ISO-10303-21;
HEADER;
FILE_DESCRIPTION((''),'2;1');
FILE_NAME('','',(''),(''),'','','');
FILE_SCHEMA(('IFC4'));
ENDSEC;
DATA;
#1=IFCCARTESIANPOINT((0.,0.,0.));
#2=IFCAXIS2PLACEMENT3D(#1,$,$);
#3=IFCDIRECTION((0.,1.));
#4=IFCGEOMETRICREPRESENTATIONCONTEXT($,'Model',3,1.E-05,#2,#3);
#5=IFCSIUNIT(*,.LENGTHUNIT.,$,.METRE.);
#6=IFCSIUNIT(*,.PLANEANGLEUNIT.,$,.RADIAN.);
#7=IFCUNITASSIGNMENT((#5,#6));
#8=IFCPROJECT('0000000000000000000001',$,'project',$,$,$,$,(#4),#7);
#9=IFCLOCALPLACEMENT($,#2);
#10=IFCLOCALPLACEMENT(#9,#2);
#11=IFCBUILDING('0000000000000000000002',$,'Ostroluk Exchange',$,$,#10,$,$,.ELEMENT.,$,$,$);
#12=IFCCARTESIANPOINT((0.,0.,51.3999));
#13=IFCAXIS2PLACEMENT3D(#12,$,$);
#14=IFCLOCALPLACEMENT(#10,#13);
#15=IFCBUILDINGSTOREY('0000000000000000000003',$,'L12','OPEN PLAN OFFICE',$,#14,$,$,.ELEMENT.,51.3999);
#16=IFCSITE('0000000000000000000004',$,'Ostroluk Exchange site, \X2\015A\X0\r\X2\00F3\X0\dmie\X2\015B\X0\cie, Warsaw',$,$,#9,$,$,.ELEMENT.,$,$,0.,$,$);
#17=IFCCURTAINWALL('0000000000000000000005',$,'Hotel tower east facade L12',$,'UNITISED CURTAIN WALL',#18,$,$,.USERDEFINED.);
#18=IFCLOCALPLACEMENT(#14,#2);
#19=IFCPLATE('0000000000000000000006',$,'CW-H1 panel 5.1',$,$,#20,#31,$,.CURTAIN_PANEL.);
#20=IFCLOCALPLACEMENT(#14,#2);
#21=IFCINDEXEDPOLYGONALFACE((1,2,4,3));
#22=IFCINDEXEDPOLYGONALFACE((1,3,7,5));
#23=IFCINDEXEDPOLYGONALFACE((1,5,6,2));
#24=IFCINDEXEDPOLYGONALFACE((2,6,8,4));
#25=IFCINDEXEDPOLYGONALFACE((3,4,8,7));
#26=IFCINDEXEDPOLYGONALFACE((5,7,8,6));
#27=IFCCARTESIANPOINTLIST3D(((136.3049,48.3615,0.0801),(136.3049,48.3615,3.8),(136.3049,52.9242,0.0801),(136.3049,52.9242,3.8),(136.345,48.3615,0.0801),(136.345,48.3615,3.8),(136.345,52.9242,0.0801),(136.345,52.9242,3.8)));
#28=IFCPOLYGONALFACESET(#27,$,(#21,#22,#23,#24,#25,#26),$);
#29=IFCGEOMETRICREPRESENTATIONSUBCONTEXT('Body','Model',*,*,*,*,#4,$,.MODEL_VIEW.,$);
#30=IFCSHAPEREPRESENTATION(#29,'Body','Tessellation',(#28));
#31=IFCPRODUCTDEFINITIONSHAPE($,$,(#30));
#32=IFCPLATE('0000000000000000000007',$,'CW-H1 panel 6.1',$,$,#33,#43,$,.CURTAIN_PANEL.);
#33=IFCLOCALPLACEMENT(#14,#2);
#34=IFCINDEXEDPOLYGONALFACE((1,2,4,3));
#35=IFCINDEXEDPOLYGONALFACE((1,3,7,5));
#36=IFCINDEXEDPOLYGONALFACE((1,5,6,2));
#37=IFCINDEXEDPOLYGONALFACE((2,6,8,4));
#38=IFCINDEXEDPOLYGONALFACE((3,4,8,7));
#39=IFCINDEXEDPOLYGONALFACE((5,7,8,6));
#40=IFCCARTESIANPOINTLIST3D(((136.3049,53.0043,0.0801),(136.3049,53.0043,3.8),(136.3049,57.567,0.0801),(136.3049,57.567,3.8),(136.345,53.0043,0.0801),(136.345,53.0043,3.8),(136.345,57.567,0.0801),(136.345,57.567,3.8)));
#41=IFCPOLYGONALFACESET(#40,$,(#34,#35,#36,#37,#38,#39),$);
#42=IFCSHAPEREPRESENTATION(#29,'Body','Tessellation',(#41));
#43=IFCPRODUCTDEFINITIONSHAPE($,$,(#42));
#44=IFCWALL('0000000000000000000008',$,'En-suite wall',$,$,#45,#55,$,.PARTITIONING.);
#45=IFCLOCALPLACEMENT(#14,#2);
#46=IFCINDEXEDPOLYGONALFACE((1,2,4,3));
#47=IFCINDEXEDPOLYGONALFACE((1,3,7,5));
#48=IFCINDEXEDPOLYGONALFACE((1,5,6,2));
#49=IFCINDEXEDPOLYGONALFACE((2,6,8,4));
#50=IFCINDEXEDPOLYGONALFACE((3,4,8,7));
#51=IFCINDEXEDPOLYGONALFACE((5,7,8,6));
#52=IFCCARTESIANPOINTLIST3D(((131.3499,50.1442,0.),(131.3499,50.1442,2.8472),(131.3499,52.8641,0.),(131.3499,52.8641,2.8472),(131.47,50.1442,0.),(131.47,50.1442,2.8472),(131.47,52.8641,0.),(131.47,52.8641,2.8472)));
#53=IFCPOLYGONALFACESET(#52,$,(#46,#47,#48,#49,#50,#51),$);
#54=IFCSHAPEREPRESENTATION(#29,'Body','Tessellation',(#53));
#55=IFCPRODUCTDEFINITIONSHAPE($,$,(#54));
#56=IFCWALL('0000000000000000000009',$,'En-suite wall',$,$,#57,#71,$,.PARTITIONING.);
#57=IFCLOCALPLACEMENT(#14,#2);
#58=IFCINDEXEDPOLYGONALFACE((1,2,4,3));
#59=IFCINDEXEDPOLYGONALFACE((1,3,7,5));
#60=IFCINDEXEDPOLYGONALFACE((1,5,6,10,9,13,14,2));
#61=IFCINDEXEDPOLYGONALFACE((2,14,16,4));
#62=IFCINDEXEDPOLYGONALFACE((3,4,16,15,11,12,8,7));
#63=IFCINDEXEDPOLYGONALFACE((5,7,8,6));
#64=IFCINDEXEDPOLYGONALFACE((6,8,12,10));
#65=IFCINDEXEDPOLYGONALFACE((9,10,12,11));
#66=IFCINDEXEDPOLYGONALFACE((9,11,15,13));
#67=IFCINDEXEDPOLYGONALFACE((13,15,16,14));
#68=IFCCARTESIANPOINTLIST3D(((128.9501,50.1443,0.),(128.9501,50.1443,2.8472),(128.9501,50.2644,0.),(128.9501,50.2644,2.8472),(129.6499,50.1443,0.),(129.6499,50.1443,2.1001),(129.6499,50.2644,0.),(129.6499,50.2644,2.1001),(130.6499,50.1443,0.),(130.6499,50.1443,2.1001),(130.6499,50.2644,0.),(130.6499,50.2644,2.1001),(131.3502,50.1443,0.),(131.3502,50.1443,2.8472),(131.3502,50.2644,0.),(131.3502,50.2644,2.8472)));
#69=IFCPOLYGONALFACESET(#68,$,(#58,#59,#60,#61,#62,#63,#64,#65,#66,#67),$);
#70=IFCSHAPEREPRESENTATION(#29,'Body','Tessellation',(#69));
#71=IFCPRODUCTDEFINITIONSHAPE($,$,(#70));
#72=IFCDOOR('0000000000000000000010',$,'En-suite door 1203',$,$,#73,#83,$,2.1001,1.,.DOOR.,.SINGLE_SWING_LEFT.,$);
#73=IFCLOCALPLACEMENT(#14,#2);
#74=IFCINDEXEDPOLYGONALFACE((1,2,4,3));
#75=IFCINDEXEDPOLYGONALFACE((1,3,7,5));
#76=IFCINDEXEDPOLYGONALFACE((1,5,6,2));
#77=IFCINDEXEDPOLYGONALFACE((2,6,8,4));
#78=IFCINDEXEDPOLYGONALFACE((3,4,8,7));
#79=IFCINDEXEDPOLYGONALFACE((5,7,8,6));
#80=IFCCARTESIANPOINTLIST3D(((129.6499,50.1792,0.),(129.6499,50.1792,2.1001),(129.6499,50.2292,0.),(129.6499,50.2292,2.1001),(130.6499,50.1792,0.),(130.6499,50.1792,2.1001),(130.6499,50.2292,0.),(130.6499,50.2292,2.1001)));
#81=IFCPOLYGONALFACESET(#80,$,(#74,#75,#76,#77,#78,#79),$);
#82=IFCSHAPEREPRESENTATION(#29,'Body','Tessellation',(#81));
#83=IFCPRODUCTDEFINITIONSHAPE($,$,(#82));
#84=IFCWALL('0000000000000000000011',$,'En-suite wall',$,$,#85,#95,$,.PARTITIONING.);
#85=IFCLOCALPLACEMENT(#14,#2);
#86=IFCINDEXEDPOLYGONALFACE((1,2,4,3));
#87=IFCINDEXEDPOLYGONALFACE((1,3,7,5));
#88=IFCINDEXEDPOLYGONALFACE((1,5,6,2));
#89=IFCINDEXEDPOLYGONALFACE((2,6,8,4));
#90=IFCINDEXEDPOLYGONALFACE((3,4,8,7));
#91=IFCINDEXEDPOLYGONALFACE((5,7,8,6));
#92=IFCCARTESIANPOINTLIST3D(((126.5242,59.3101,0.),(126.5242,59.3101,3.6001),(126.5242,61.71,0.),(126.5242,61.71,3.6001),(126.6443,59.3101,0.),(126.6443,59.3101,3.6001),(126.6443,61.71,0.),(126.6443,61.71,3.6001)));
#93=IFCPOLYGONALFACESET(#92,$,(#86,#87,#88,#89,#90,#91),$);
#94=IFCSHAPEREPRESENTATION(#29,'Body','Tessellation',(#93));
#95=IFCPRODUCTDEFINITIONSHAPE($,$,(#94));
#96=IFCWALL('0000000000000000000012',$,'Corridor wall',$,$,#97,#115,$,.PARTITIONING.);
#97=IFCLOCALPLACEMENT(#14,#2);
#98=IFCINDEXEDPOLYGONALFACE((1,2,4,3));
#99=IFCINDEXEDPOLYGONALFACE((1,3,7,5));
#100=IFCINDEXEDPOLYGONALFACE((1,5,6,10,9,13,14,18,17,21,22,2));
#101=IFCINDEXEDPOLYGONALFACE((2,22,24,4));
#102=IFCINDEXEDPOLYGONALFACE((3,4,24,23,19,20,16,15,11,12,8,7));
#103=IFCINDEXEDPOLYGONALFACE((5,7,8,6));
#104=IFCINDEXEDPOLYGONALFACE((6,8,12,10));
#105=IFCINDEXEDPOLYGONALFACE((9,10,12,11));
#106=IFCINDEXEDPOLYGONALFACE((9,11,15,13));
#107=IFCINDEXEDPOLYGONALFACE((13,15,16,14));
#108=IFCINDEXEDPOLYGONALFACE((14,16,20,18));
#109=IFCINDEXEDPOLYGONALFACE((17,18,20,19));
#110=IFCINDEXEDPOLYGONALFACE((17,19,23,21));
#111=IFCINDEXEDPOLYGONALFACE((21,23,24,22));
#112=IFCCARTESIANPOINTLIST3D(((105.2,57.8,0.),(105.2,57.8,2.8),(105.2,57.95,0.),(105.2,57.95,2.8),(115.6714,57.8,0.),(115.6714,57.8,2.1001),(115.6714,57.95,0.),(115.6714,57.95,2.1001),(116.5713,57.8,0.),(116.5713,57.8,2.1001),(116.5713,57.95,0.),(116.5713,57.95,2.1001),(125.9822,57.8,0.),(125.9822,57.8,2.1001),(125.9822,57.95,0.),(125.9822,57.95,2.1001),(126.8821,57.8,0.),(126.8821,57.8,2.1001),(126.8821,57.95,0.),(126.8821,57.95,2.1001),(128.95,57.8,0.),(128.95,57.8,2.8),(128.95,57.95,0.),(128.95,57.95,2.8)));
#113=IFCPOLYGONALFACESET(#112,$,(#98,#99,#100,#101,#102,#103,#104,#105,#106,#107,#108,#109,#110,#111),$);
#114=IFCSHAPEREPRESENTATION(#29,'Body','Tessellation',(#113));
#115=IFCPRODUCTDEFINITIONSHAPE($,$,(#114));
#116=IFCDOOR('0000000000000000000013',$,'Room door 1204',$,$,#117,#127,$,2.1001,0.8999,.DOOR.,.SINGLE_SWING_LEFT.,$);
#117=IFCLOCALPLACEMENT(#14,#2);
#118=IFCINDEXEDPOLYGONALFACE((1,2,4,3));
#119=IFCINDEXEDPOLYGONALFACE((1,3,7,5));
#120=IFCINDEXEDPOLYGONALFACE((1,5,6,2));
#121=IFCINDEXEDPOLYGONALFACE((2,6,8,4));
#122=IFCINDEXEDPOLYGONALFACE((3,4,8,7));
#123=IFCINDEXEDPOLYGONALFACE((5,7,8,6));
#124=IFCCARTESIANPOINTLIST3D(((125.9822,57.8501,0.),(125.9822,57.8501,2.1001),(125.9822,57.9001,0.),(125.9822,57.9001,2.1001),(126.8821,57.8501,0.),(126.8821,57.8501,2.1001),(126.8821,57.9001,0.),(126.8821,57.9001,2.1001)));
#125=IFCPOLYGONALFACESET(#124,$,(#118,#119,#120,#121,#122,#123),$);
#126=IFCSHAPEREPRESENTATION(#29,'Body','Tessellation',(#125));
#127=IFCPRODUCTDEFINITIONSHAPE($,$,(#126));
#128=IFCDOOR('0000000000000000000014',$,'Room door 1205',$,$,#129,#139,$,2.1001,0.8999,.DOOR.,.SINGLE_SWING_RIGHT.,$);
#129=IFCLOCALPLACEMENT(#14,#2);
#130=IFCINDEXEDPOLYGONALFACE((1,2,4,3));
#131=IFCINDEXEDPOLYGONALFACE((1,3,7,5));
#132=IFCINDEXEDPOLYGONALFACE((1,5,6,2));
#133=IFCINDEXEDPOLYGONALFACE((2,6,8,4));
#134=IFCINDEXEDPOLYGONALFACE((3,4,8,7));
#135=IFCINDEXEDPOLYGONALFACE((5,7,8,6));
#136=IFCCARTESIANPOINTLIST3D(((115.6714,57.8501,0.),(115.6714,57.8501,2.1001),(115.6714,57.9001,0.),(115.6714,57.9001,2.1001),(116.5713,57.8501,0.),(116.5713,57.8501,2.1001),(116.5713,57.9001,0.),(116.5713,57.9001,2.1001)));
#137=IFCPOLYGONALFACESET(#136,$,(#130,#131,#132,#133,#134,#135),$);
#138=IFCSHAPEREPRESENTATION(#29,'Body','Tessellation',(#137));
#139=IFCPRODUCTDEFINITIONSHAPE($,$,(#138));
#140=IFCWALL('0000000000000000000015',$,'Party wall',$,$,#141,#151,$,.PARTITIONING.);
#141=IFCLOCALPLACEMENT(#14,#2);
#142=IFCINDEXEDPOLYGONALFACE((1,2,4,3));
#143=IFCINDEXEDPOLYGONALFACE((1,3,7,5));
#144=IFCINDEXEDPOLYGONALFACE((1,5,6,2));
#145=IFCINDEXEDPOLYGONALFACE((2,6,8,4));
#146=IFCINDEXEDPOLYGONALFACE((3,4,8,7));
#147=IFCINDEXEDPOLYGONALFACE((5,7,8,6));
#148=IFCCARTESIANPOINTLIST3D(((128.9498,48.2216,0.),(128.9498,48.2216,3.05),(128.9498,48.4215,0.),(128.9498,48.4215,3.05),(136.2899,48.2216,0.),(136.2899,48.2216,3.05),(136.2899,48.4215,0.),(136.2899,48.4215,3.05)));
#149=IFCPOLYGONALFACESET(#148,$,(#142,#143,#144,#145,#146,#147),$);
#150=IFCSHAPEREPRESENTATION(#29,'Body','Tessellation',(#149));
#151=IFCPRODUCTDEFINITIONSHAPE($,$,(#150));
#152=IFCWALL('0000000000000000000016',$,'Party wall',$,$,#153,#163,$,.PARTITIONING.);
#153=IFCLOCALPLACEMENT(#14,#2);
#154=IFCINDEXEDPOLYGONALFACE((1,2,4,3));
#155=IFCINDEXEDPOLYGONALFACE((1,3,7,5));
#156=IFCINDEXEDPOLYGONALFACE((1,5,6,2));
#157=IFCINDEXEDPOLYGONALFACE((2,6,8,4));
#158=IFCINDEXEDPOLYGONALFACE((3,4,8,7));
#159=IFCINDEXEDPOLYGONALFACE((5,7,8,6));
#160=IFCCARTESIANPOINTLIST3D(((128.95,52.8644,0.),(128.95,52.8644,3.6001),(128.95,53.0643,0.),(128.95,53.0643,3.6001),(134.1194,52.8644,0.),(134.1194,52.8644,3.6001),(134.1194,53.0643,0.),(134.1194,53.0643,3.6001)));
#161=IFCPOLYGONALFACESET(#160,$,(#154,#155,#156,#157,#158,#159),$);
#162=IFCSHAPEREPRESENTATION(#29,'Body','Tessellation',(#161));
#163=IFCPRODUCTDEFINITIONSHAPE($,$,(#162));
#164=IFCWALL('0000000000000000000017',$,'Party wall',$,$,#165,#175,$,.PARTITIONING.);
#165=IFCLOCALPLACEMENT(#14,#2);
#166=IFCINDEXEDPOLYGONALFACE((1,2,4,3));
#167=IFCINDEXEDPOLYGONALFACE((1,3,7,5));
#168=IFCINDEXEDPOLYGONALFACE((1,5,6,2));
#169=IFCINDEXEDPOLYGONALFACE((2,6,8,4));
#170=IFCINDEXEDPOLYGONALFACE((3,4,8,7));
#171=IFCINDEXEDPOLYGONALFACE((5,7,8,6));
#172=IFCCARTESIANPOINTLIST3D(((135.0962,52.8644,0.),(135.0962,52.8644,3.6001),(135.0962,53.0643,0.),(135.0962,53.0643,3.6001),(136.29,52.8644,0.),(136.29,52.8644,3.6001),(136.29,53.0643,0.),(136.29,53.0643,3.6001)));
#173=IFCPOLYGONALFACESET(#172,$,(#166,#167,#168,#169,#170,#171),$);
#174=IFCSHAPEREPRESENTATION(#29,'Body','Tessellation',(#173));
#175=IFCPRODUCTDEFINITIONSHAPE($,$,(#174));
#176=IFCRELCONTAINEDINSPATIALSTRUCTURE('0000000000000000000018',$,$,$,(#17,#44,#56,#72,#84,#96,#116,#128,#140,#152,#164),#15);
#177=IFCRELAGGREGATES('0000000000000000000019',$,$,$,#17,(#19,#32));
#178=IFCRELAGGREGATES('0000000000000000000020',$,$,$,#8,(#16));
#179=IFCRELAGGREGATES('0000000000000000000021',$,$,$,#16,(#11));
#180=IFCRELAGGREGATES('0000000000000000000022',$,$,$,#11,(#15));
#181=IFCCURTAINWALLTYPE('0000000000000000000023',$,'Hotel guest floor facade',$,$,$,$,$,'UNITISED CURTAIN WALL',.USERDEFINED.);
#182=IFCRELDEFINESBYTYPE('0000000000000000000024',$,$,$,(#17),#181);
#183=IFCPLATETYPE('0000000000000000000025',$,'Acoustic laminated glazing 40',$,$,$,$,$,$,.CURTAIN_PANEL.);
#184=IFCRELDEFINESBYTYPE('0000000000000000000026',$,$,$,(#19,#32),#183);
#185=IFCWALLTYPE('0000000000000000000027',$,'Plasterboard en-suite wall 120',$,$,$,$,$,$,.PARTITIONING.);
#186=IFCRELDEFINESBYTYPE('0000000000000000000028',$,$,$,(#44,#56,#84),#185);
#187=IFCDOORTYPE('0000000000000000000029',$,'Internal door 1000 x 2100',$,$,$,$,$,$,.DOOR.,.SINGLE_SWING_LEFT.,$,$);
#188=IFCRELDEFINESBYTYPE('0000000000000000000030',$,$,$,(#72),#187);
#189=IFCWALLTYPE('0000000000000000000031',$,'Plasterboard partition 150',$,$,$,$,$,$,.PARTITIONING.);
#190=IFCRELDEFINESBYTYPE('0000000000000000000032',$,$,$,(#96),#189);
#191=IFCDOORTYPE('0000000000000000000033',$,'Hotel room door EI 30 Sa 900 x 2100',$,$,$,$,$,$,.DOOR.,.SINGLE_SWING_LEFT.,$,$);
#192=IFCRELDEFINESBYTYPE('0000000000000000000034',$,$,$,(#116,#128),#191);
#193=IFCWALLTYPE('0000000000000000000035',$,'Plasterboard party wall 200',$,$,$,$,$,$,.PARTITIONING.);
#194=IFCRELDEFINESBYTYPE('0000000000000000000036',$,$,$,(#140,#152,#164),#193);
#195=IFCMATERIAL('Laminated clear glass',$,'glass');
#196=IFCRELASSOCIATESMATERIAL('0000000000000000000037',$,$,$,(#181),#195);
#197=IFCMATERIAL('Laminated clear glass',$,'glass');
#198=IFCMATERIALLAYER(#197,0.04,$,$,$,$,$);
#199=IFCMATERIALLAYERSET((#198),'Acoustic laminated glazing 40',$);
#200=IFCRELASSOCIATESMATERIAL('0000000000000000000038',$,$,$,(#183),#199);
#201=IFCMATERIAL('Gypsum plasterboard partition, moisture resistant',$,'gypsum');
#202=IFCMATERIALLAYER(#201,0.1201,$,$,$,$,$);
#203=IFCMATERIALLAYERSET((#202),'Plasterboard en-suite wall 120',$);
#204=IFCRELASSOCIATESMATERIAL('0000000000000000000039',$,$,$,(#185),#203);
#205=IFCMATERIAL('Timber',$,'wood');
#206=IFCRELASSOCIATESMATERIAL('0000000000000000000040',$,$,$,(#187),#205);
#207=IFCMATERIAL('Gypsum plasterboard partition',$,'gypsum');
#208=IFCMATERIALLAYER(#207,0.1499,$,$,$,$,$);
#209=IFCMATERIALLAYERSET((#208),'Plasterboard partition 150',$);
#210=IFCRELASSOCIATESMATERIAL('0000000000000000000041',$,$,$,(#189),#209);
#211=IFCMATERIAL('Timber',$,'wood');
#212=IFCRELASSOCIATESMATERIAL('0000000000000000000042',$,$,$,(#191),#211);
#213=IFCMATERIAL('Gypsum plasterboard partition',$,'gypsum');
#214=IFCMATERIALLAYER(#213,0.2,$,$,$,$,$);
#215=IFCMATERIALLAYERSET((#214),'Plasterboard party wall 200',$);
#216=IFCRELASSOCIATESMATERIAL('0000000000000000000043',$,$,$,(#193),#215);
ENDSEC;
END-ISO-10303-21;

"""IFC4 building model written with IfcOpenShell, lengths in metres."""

from ifc_helpers import new_model, si_unit, direction, frame, frame_2d, origin, origin_2d, place, context, subcontext, project, spatial, rectangle, extrude, material, layer, layer_set, type_object, element, fill, aggregate, save


model = new_model("IFC4")

# Units and contexts
model_context = context("Model", 3, precision=1e-05, world=origin(), true_north=direction((0.0, 1.0)))
body_context = subcontext(model_context, "Body", "Model", "MODEL_VIEW")
ifc_project = project(units=[si_unit("LENGTHUNIT", "METRE"), si_unit("PLANEANGLEUNIT", "RADIAN")], contexts=[model_context])

# Site, building, storey
site_placement = place(None, origin())
site = spatial("IfcSite", under=ifc_project, at=site_placement, Name="Ostroluk Exchange site, Śródmieście, Warsaw", CompositionType="ELEMENT", RefElevation=0.0)
building_placement = place(site_placement, origin())
building = spatial("IfcBuilding", under=site, at=building_placement, Name="Ostroluk Exchange", CompositionType="ELEMENT")
storey_placement = place(building_placement, frame((0.0, 0.0, 51.3999)))
storey = spatial("IfcBuildingStorey", under=building, at=storey_placement, Name="L12", Description="OPEN PLAN OFFICE", CompositionType="ELEMENT", Elevation=51.3999)

# Curtain wall, plates
ifc_material_1 = material(Name="Laminated clear glass", Category="glass")
curtain_wall_type = type_object("IfcCurtainWallType", Name="Hotel guest floor facade", ElementType="UNITISED CURTAIN WALL", PredefinedType="USERDEFINED", material=ifc_material_1)
curtain_wall_placement = place(storey_placement, origin())
curtain_wall = element("IfcCurtainWall", 1, at=curtain_wall_placement, inside=storey, type_object=curtain_wall_type, Name="Hotel tower east facade L12", ObjectType="UNITISED CURTAIN WALL", PredefinedType="USERDEFINED")
ifc_material_2 = material(Name="Laminated clear glass", Category="glass")
ifc_layer_1 = layer(ifc_material_2, 0.04)
ifc_layer_set_1 = layer_set([ifc_layer_1], Name="Acoustic laminated glazing 40")
plate_type = type_object("IfcPlateType", Name="Acoustic laminated glazing 40", PredefinedType="CURTAIN_PANEL", material=ifc_layer_set_1)
plate_1_placement = place(storey_placement, frame((136.325, 50.6428, 0.0801), z_axis=(0.0, 0.0, 1.0), x_axis=(0.0, 1.0, 0.0)))
plate_1 = element("IfcPlate", 2, at=plate_1_placement, type_object=plate_type, Name="CW-H1 panel 5.1", PredefinedType="CURTAIN_PANEL", context=body_context, shape_type="SweptSolid", body=[
    extrude(rectangle(XDim=4.5627, YDim=0.04, at=origin_2d()), origin(), (0.0, 0.0, 1.0), 3.72),
])
plate_2_placement = place(storey_placement, frame((136.325, 55.2856, 0.0801), z_axis=(0.0, 0.0, 1.0), x_axis=(0.0, 1.0, 0.0)))
plate_2 = element("IfcPlate", 3, at=plate_2_placement, type_object=plate_type, Name="CW-H1 panel 6.1", PredefinedType="CURTAIN_PANEL", context=body_context, shape_type="SweptSolid", body=[
    extrude(rectangle(XDim=4.5627, YDim=0.04, at=origin_2d()), origin(), (0.0, 0.0, 1.0), 3.72),
])
aggregate(curtain_wall, [plate_1, plate_2])

# Wall
ifc_material_3 = material(Name="Gypsum plasterboard partition, moisture resistant", Category="gypsum")
ifc_layer_2 = layer(ifc_material_3, 0.1201)
ifc_layer_set_2 = layer_set([ifc_layer_2], Name="Plasterboard en-suite wall 120")
wall_type_1 = type_object("IfcWallType", Name="Plasterboard en-suite wall 120", PredefinedType="PARTITIONING", material=ifc_layer_set_2)
wall_1_placement = place(storey_placement, frame((131.4099, 50.1443, 0.0), z_axis=(0.0, 0.0, 1.0), x_axis=(0.0, 1.0, 0.0)))
element("IfcWall", 4, at=wall_1_placement, inside=storey, type_object=wall_type_1, Name="En-suite wall", PredefinedType="PARTITIONING", context=body_context, shape_type="SweptSolid", body=[
    extrude(rectangle(XDim=2.72, YDim=0.1201, at=frame_2d((1.3599, 0.0))), origin(), (0.0, 0.0, 1.0), 2.8472),
])

# Wall, opening, door
wall_2_placement = place(storey_placement, frame((128.95, 50.2043, 0.0), z_axis=(0.0, 0.0, 1.0), x_axis=(1.0, 0.0, 0.0)))
wall_2 = element("IfcWall", 5, at=wall_2_placement, inside=storey, type_object=wall_type_1, Name="En-suite wall", PredefinedType="PARTITIONING", context=body_context, shape_type="SweptSolid", body=[
    extrude(rectangle(XDim=2.4001, YDim=0.1201, at=frame_2d((1.2002, 0.0))), origin(), (0.0, 0.0, 1.0), 2.8472),
])
opening_1_placement = place(wall_2_placement, frame((0.7, 0.0, 0.0)))
opening_1 = element("IfcOpeningElement", 6, at=opening_1_placement, cuts=wall_2, PredefinedType="OPENING", context=body_context, shape_type="SweptSolid", body=[
    extrude(rectangle(XDim=1.0, YDim=2.1001, at=frame_2d((0.5, 1.05))), frame((0.0, 0.0701, 0.0), z_axis=(0.0, -1.0, 0.0), x_axis=(1.0, 0.0, 0.0)), (0.0, 0.0, 1.0), 0.1401),
])
ifc_material_4 = material(Name="Timber", Category="wood")
door_type_1 = type_object("IfcDoorType", Name="Internal door 1000 x 2100", OperationType="SINGLE_SWING_LEFT", PredefinedType="DOOR", material=ifc_material_4)
door_1_placement = place(opening_1_placement, origin())
door_1 = element("IfcDoor", 7, at=door_1_placement, inside=storey, type_object=door_type_1, Name="En-suite door 1203", OperationType="SINGLE_SWING_LEFT", OverallHeight=2.1001, OverallWidth=1.0, PredefinedType="DOOR", context=body_context, shape_type="SweptSolid", body=[
    extrude(rectangle(XDim=1.0, YDim=2.1001, at=frame_2d((0.5, 1.05))), frame((0.0, 0.0249, 0.0), z_axis=(0.0, -1.0, 0.0), x_axis=(1.0, 0.0, 0.0)), (0.0, 0.0, 1.0), 0.05),
])
fill(opening_1, door_1)

# Wall
wall_3_placement = place(storey_placement, frame((126.5842, 59.3101, 0.0), z_axis=(0.0, 0.0, 1.0), x_axis=(0.0, 1.0, 0.0)))
element("IfcWall", 8, at=wall_3_placement, inside=storey, type_object=wall_type_1, Name="En-suite wall", PredefinedType="PARTITIONING", context=body_context, shape_type="SweptSolid", body=[
    extrude(rectangle(XDim=2.3999, YDim=0.1201, at=frame_2d((1.2, 0.0))), origin(), (0.0, 0.0, 1.0), 3.6001),
])

# Wall, openings, doors
ifc_material_5 = material(Name="Gypsum plasterboard partition", Category="gypsum")
ifc_layer_3 = layer(ifc_material_5, 0.1499)
ifc_layer_set_3 = layer_set([ifc_layer_3], Name="Plasterboard partition 150")
wall_type_2 = type_object("IfcWallType", Name="Plasterboard partition 150", PredefinedType="PARTITIONING", material=ifc_layer_set_3)
wall_4_placement = place(storey_placement, frame((128.95, 57.875, 0.0), z_axis=(0.0, 0.0, 1.0), x_axis=(-1.0, 0.0, 0.0)))
wall_4 = element("IfcWall", 9, at=wall_4_placement, inside=storey, type_object=wall_type_2, Name="Corridor wall", PredefinedType="PARTITIONING", context=body_context, shape_type="SweptSolid", body=[
    extrude(rectangle(XDim=23.75, YDim=0.1499, at=frame_2d((11.875, 0.0))), origin(), (0.0, 0.0, 1.0), 2.8),
])
opening_2_placement = place(wall_4_placement, frame((2.0679, 0.0, 0.0)))
opening_2 = element("IfcOpeningElement", 10, at=opening_2_placement, cuts=wall_4, PredefinedType="OPENING", context=body_context, shape_type="SweptSolid", body=[
    extrude(rectangle(XDim=0.8999, YDim=2.1001, at=frame_2d((0.45, 1.05))), frame((0.0, 0.085, 0.0), z_axis=(0.0, -1.0, 0.0), x_axis=(1.0, 0.0, 0.0)), (0.0, 0.0, 1.0), 0.1699),
])
opening_3_placement = place(wall_4_placement, frame((12.3787, 0.0, 0.0)))
opening_3 = element("IfcOpeningElement", 11, at=opening_3_placement, cuts=wall_4, PredefinedType="OPENING", context=body_context, shape_type="SweptSolid", body=[
    extrude(rectangle(XDim=0.8999, YDim=2.1001, at=frame_2d((0.45, 1.05))), frame((0.0, 0.085, 0.0), z_axis=(0.0, -1.0, 0.0), x_axis=(1.0, 0.0, 0.0)), (0.0, 0.0, 1.0), 0.1699),
])
ifc_material_6 = material(Name="Timber", Category="wood")
door_type_2 = type_object("IfcDoorType", Name="Hotel room door EI 30 Sa 900 x 2100", OperationType="SINGLE_SWING_LEFT", PredefinedType="DOOR", material=ifc_material_6)
door_2_placement = place(opening_2_placement, origin())
door_2 = element("IfcDoor", 12, at=door_2_placement, inside=storey, type_object=door_type_2, Name="Room door 1204", OperationType="SINGLE_SWING_LEFT", OverallHeight=2.1001, OverallWidth=0.8999, PredefinedType="DOOR", context=body_context, shape_type="SweptSolid", body=[
    extrude(rectangle(XDim=0.8999, YDim=2.1001, at=frame_2d((0.45, 1.05))), frame((0.0, 0.0249, 0.0), z_axis=(0.0, -1.0, 0.0), x_axis=(1.0, 0.0, 0.0)), (0.0, 0.0, 1.0), 0.05),
])
fill(opening_2, door_2)
door_3_placement = place(opening_3_placement, origin())
door_3 = element("IfcDoor", 13, at=door_3_placement, inside=storey, type_object=door_type_2, Name="Room door 1205", OperationType="SINGLE_SWING_RIGHT", OverallHeight=2.1001, OverallWidth=0.8999, PredefinedType="DOOR", context=body_context, shape_type="SweptSolid", body=[
    extrude(rectangle(XDim=0.8999, YDim=2.1001, at=frame_2d((0.45, 1.05))), frame((0.0, 0.0249, 0.0), z_axis=(0.0, -1.0, 0.0), x_axis=(1.0, 0.0, 0.0)), (0.0, 0.0, 1.0), 0.05),
])
fill(opening_3, door_3)

# Walls
ifc_material_7 = material(Name="Gypsum plasterboard partition", Category="gypsum")
ifc_layer_4 = layer(ifc_material_7, 0.2)
ifc_layer_set_4 = layer_set([ifc_layer_4], Name="Plasterboard party wall 200")
wall_type_3 = type_object("IfcWallType", Name="Plasterboard party wall 200", PredefinedType="PARTITIONING", material=ifc_layer_set_4)
wall_5_placement = place(storey_placement, frame((128.95, 48.3215, 0.0), z_axis=(0.0, 0.0, 1.0), x_axis=(1.0, 0.0, 0.0)))
element("IfcWall", 14, at=wall_5_placement, inside=storey, type_object=wall_type_3, Name="Party wall", PredefinedType="PARTITIONING", context=body_context, shape_type="SweptSolid", body=[
    extrude(rectangle(XDim=7.3401, YDim=0.2, at=frame_2d((3.6699, 0.0))), origin(), (0.0, 0.0, 1.0), 3.05),
])
wall_6_placement = place(storey_placement, frame((128.95, 52.9644, 0.0), z_axis=(0.0, 0.0, 1.0), x_axis=(1.0, 0.0, 0.0)))
element("IfcWall", 15, at=wall_6_placement, inside=storey, type_object=wall_type_3, Name="Party wall", PredefinedType="PARTITIONING", context=body_context, shape_type="SweptSolid", body=[
    extrude(rectangle(XDim=5.1694, YDim=0.2, at=frame_2d((2.5847, 0.0))), origin(), (0.0, 0.0, 1.0), 3.6001),
])
wall_7_placement = place(storey_placement, frame((135.0962, 52.9644, 0.0), z_axis=(0.0, 0.0, 1.0), x_axis=(1.0, 0.0, 0.0)))
element("IfcWall", 16, at=wall_7_placement, inside=storey, type_object=wall_type_3, Name="Party wall", PredefinedType="PARTITIONING", context=body_context, shape_type="SweptSolid", body=[
    extrude(rectangle(XDim=1.1938, YDim=0.2, at=frame_2d((0.5969, 0.0))), origin(), (0.0, 0.0, 1.0), 3.6001),
])

save(model, "model.ifc")
